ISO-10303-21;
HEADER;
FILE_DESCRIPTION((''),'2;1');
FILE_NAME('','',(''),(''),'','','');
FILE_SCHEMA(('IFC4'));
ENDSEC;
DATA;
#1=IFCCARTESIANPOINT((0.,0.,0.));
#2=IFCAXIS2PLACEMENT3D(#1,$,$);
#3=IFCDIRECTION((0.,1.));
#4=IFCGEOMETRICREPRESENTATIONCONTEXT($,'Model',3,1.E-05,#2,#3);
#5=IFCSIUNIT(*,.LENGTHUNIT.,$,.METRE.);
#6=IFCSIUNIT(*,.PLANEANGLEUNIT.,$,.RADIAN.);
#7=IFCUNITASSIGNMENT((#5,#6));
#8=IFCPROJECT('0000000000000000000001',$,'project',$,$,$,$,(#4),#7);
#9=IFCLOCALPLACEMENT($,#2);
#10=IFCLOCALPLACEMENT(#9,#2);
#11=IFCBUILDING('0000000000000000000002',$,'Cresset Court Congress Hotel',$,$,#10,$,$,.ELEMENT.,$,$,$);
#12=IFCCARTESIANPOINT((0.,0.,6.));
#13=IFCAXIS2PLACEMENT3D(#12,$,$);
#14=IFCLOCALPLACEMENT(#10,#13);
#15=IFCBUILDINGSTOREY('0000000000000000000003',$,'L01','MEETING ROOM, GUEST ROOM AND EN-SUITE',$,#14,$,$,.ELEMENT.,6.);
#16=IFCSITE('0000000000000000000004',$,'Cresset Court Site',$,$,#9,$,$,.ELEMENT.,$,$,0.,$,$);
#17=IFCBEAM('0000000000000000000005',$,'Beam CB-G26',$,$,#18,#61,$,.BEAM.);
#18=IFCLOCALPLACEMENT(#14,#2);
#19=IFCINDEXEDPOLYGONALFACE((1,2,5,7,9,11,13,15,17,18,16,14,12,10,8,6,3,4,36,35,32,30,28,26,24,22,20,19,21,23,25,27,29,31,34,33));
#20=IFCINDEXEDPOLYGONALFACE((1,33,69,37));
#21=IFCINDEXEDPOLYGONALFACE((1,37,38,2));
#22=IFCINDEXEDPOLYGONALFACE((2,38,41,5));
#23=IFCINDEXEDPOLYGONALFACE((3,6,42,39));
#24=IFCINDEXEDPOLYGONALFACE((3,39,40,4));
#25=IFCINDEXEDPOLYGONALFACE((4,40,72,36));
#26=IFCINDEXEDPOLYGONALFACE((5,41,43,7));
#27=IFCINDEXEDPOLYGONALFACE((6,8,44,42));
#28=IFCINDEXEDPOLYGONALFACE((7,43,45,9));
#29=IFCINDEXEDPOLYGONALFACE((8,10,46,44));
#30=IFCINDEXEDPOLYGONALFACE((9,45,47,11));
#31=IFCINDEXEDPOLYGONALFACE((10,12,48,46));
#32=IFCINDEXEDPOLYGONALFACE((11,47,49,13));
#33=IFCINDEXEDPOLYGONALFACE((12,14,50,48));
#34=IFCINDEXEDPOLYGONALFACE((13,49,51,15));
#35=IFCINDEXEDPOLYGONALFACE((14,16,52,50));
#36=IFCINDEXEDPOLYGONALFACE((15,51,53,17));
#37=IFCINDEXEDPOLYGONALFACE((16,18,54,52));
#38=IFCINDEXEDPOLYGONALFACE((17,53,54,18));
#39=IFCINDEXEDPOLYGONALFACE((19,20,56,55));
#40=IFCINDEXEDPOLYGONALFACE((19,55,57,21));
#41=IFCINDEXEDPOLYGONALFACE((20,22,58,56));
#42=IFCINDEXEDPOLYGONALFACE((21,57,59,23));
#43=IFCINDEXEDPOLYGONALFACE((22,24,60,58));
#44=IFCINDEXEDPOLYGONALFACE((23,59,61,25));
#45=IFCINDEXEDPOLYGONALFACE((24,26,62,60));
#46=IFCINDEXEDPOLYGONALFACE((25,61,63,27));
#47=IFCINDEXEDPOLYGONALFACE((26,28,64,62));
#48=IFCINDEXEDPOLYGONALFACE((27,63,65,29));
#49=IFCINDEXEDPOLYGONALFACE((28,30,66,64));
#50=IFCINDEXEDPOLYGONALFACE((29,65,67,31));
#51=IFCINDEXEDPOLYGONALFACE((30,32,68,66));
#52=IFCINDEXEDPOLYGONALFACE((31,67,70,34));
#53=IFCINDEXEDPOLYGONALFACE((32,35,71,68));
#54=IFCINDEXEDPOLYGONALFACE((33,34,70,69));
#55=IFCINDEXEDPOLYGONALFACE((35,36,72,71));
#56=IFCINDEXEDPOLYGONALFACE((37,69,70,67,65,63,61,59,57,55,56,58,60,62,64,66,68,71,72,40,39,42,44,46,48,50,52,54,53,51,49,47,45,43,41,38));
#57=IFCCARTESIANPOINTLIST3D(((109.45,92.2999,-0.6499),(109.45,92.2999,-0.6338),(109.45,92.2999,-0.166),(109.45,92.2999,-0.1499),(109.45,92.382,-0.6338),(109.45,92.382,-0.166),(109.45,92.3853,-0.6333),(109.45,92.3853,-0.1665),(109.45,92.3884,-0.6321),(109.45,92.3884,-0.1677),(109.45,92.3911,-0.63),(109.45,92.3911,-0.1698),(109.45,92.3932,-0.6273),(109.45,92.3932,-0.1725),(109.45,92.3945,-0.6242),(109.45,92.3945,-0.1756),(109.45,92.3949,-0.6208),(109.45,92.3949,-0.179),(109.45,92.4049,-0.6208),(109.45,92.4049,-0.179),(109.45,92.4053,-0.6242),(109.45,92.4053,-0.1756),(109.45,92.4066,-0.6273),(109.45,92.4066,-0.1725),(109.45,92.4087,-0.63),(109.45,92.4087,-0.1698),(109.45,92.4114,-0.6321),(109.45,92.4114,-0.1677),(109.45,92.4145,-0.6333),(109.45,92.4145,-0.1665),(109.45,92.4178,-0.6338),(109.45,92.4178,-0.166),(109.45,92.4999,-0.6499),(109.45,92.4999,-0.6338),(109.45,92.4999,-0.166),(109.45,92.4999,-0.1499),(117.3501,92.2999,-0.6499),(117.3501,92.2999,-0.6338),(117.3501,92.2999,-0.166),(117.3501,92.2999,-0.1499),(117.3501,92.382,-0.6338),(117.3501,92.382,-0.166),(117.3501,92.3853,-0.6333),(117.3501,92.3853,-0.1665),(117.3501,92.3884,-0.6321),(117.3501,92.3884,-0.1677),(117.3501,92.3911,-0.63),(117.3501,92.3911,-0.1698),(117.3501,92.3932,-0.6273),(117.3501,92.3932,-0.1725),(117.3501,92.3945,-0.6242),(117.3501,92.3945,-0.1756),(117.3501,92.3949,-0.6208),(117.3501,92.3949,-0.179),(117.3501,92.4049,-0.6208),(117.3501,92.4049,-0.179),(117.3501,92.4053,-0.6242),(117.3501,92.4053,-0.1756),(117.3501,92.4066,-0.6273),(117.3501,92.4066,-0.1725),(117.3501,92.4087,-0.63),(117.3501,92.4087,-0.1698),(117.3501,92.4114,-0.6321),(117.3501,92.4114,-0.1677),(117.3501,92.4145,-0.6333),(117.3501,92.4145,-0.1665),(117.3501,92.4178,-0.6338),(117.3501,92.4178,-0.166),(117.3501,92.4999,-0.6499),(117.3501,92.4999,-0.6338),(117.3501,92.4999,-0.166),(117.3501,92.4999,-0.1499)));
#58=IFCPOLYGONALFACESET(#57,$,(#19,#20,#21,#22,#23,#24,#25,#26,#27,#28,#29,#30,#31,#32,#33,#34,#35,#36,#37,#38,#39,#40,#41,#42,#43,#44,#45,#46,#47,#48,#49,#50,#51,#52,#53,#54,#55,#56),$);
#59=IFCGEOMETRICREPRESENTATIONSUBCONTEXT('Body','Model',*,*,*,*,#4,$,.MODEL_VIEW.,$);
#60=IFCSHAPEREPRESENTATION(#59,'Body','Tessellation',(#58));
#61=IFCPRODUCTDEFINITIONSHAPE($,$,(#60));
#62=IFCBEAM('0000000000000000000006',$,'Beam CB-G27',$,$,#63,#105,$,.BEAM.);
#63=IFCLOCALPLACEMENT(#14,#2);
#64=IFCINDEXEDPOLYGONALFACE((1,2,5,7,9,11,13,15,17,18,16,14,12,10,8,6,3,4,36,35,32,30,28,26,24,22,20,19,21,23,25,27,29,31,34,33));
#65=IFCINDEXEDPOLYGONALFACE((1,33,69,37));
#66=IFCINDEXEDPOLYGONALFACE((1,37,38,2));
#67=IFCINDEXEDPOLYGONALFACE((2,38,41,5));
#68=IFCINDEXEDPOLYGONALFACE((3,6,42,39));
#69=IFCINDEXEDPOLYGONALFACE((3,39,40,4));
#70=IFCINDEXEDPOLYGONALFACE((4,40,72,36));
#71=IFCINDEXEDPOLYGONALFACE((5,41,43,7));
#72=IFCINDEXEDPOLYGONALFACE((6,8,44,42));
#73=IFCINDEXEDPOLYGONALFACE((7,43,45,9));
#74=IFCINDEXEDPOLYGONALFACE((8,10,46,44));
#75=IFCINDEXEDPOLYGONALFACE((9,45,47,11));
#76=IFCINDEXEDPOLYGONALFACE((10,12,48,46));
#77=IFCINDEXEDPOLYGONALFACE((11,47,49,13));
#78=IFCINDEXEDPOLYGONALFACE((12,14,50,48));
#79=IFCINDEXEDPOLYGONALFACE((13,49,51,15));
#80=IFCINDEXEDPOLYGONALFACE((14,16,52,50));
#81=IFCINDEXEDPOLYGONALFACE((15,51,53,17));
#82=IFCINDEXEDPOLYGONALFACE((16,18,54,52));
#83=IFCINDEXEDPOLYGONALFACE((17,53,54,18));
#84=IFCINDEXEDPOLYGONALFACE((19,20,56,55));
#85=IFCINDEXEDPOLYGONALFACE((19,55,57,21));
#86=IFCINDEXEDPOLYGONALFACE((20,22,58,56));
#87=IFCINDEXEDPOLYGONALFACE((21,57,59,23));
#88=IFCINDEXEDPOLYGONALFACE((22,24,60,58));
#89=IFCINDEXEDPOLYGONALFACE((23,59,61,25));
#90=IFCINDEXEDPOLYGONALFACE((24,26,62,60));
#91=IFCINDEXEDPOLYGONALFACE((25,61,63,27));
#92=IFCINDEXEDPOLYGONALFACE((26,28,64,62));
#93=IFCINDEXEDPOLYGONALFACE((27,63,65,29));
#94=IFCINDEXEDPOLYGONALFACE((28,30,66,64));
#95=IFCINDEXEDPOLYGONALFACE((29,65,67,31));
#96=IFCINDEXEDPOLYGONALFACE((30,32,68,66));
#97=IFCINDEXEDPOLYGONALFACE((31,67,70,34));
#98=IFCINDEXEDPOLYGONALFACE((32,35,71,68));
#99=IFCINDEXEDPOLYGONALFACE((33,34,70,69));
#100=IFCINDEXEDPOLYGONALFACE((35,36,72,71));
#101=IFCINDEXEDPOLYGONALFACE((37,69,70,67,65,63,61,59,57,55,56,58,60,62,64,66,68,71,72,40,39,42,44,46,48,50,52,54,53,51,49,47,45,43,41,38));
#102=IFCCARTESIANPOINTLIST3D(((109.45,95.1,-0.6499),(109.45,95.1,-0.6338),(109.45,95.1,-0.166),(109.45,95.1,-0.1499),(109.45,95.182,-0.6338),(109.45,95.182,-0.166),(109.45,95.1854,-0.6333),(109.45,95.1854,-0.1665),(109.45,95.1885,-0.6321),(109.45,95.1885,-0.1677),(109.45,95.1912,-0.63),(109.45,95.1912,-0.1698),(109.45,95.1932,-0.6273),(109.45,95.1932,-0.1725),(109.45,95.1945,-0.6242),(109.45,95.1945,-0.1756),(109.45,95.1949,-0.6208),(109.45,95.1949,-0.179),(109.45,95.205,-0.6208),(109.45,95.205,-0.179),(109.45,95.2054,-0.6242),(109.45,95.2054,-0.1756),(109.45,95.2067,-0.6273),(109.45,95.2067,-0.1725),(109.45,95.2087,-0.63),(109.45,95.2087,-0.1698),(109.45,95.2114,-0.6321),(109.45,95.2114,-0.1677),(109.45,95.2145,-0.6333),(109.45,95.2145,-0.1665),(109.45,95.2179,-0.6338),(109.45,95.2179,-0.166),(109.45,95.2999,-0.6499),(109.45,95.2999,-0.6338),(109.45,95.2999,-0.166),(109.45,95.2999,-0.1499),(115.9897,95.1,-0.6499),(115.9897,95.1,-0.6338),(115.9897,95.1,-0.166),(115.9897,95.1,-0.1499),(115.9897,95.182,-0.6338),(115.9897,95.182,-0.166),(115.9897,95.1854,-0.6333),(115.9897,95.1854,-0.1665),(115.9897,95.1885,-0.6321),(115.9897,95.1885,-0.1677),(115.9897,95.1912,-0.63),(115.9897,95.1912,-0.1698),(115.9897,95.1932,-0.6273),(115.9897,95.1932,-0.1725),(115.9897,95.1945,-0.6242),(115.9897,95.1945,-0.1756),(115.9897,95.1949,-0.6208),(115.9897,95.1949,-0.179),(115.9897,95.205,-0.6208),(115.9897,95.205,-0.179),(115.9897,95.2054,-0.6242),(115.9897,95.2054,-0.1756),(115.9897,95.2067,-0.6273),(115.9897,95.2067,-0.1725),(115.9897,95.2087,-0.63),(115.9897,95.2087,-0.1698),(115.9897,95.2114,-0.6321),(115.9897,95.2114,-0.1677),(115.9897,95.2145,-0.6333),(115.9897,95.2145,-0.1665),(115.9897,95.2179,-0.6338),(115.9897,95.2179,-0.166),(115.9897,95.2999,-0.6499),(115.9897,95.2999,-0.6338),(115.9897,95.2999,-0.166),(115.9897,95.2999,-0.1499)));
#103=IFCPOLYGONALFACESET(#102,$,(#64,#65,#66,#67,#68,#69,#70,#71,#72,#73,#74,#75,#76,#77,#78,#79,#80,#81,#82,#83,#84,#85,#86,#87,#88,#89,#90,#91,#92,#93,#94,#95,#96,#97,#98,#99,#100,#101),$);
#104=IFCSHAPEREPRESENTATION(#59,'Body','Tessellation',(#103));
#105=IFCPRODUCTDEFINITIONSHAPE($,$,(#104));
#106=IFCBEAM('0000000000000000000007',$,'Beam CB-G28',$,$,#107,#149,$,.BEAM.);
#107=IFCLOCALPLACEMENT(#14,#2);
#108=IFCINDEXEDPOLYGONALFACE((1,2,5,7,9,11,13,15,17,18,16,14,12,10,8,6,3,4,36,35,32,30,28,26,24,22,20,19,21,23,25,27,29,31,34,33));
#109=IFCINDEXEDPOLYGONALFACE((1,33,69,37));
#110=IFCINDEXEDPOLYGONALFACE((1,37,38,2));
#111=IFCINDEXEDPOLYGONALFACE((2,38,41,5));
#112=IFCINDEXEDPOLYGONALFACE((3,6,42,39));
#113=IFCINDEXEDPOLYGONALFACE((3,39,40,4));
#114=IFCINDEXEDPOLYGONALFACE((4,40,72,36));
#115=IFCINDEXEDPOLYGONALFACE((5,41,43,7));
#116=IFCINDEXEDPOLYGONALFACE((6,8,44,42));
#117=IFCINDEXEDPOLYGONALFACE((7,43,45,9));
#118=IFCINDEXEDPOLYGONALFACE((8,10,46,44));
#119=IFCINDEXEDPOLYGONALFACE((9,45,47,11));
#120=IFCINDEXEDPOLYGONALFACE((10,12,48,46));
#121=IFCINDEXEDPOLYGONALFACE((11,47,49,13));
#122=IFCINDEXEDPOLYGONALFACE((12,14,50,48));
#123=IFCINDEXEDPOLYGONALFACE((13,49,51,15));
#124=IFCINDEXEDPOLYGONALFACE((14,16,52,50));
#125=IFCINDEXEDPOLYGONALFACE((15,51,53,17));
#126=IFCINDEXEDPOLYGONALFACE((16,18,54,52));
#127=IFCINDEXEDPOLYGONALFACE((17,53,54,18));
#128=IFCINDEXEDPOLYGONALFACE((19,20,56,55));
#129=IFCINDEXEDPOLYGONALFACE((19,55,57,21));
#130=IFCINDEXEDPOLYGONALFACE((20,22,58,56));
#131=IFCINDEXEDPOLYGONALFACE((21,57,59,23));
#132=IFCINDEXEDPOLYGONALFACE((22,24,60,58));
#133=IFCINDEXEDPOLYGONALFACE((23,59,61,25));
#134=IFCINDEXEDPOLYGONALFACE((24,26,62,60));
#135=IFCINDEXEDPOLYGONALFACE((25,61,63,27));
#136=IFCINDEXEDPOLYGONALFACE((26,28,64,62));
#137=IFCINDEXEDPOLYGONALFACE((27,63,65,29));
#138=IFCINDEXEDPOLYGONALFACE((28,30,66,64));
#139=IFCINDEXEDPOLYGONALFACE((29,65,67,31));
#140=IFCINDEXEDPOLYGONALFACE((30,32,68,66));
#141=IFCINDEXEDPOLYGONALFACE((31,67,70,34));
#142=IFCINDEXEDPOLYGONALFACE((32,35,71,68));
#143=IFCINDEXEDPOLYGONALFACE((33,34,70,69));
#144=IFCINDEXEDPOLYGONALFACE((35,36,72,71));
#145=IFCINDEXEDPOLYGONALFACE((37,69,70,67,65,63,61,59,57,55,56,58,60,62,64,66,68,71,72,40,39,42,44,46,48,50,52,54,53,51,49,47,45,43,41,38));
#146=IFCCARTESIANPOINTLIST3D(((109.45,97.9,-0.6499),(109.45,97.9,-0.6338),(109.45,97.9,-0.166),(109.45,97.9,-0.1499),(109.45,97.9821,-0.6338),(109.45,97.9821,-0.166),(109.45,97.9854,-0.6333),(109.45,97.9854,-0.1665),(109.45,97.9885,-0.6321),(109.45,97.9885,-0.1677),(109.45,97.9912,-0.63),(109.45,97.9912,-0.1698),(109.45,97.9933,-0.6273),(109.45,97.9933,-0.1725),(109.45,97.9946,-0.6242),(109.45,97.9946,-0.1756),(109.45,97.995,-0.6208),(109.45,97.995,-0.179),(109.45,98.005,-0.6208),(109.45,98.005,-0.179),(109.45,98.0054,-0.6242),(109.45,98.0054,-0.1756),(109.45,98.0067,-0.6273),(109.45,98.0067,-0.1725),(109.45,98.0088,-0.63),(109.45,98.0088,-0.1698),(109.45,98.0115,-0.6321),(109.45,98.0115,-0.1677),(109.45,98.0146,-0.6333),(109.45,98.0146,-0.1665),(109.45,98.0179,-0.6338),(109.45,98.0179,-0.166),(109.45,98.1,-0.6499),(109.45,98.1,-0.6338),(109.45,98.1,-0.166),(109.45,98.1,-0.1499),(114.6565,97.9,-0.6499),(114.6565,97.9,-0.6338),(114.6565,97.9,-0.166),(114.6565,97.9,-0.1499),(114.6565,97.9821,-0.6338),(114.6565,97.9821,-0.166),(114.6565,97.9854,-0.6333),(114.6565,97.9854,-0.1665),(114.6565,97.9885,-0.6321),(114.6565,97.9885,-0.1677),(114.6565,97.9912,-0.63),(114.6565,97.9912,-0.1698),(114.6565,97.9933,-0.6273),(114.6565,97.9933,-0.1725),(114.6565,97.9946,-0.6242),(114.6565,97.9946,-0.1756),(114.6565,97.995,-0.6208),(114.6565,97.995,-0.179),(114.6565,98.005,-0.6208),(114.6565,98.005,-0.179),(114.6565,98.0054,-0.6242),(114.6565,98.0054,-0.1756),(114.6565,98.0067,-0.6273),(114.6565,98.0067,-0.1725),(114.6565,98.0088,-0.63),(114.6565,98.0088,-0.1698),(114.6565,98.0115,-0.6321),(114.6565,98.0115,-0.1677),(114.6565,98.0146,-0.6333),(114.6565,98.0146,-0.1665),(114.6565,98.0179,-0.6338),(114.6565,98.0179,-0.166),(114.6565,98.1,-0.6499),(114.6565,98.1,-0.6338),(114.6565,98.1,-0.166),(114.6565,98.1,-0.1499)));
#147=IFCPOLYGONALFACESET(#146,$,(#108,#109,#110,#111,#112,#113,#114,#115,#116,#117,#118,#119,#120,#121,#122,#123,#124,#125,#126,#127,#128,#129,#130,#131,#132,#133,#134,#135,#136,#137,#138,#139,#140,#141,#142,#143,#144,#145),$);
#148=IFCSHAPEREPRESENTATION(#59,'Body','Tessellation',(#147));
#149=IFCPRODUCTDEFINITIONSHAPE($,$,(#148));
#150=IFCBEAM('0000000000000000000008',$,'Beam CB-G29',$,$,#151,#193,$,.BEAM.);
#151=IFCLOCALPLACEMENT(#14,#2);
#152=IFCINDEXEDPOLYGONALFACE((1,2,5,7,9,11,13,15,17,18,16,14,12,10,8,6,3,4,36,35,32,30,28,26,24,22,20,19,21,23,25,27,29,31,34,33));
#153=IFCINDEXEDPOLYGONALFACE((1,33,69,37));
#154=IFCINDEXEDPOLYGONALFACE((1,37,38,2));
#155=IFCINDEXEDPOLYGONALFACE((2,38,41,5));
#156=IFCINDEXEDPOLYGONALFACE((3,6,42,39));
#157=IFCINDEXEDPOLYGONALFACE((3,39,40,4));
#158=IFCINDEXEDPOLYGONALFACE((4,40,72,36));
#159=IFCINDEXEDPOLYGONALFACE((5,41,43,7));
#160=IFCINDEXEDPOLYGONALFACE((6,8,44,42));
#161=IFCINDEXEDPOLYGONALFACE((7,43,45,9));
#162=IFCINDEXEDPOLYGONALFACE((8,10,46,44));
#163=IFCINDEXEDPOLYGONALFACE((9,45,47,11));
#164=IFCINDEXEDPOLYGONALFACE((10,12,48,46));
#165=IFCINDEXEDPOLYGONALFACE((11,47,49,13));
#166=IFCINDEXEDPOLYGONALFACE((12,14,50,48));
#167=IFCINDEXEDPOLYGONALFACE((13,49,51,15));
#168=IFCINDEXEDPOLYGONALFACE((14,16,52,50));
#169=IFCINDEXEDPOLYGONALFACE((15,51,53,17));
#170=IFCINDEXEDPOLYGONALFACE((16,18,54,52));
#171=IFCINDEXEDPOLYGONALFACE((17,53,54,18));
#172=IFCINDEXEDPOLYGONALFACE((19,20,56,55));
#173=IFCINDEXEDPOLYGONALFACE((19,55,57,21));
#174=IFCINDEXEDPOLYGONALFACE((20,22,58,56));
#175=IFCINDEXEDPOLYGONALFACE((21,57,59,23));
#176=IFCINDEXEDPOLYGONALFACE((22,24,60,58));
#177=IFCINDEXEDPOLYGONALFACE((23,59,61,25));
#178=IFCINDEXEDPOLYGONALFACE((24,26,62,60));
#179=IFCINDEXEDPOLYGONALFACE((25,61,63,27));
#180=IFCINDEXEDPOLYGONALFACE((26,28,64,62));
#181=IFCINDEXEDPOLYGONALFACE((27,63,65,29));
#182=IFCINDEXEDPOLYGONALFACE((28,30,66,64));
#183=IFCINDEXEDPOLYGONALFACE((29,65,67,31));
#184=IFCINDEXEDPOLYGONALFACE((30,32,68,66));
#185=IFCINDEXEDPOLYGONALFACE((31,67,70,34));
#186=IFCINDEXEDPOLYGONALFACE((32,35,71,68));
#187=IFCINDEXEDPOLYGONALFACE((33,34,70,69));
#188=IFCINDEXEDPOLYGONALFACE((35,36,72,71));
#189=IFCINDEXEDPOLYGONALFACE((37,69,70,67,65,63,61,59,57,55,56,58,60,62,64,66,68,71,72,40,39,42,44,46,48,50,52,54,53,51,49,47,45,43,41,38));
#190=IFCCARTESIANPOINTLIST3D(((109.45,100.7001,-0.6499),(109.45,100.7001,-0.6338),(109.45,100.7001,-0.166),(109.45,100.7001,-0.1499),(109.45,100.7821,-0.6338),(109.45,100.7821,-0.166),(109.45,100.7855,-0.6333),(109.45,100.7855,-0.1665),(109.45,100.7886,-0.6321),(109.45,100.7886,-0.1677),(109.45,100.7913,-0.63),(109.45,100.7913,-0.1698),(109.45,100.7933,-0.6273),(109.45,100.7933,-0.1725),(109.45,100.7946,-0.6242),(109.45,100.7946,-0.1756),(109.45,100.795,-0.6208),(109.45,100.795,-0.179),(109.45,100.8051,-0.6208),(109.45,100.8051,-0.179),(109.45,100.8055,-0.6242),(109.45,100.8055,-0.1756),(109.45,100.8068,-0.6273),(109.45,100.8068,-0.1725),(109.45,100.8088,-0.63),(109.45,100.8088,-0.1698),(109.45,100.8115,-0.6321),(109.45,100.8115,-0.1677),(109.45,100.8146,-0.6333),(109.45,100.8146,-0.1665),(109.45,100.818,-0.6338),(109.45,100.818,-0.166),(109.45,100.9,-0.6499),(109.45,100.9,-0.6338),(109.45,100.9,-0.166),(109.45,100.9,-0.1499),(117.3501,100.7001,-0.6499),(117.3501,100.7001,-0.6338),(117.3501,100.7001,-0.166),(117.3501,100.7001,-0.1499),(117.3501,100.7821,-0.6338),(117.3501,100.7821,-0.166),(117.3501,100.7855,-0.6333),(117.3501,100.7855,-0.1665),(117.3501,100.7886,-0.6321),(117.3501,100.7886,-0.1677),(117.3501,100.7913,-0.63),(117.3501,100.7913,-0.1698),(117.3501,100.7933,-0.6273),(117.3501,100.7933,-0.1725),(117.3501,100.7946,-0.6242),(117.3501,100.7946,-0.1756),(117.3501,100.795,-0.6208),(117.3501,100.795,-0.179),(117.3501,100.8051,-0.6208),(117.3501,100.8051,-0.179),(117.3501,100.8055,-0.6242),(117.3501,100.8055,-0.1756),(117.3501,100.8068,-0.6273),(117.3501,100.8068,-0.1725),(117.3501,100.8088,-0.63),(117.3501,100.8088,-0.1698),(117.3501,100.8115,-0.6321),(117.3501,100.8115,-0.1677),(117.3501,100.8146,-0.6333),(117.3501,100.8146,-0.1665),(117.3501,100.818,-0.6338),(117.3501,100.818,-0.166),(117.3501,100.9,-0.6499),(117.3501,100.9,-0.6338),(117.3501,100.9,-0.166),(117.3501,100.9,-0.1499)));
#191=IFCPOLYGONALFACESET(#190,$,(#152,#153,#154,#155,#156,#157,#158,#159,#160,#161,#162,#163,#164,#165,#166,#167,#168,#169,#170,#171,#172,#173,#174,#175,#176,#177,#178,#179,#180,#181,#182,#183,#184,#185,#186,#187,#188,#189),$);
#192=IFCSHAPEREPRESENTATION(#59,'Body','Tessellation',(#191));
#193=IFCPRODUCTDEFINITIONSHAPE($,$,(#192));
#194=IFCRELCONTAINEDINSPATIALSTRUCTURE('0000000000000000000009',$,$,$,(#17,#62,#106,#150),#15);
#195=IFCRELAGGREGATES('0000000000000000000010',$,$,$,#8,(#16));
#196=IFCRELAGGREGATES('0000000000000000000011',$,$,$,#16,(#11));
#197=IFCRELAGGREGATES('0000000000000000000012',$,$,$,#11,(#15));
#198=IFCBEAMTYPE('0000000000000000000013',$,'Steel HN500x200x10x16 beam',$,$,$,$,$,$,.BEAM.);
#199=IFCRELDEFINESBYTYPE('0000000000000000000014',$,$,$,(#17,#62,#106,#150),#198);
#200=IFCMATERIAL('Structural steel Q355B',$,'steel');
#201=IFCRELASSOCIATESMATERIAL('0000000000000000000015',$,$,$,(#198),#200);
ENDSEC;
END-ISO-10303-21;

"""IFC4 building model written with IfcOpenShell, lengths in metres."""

from ifc_helpers import new_model, si_unit, direction, frame, origin, origin_2d, place, context, subcontext, project, spatial, i_section, extrude, material, material_profile, profile_set, type_object, element, save


model = new_model("IFC4")

# Units and contexts
model_context = context("Model", 3, precision=1e-05, world=origin(), true_north=direction((0.0, 1.0)))
body_context = subcontext(model_context, "Body", "Model", "MODEL_VIEW")
ifc_project = project(units=[si_unit("LENGTHUNIT", "METRE"), si_unit("PLANEANGLEUNIT", "RADIAN")], contexts=[model_context])

# Site, building, storey
site_placement = place(None, origin())
site = spatial("IfcSite", under=ifc_project, at=site_placement, Name="Cresset Court Site", CompositionType="ELEMENT", RefElevation=0.0)
building_placement = place(site_placement, origin())
building = spatial("IfcBuilding", under=site, at=building_placement, Name="Cresset Court Congress Hotel", CompositionType="ELEMENT")
storey_placement = place(building_placement, frame((0.0, 0.0, 6.0)))
storey = spatial("IfcBuildingStorey", under=building, at=storey_placement, Name="L01", Description="MEETING ROOM, GUEST ROOM AND EN-SUITE", CompositionType="ELEMENT", Elevation=6.0)

# Beams
ifc_material_1 = material(Name="Structural steel Q355B", Category="steel")
ifc_material_profile = material_profile(ifc_material_1, i_section(OverallWidth=0.2, OverallDepth=0.5, WebThickness=0.01, FlangeThickness=0.0161, FilletRadius=0.0129, at=origin_2d()), Name="HN500x200x10x16")
ifc_profile_set = profile_set([ifc_material_profile], Name="Structural steel Q355B")
beam_type = type_object("IfcBeamType", Name="Steel HN500x200x10x16 beam", PredefinedType="BEAM", material=ifc_profile_set)
beam_1_placement = place(storey_placement, frame((109.45, 92.3999, -0.3999), z_axis=(1.0, 0.0, 0.0), x_axis=(0.0, 1.0, 0.0)))
element("IfcBeam", 1, at=beam_1_placement, inside=storey, type_object=beam_type, Name="Beam CB-G26", PredefinedType="BEAM", context=body_context, shape_type="SweptSolid", body=[
    extrude(i_section(OverallWidth=0.2, OverallDepth=0.5, WebThickness=0.01, FlangeThickness=0.0161, FilletRadius=0.0129, at=origin_2d()), origin(), (0.0, 0.0, 1.0), 7.9001),
])
beam_2_placement = place(storey_placement, frame((109.45, 95.2, -0.3999), z_axis=(1.0, 0.0, 0.0), x_axis=(0.0, 1.0, 0.0)))
element("IfcBeam", 2, at=beam_2_placement, inside=storey, type_object=beam_type, Name="Beam CB-G27", PredefinedType="BEAM", context=body_context, shape_type="SweptSolid", body=[
    extrude(i_section(OverallWidth=0.2, OverallDepth=0.5, WebThickness=0.01, FlangeThickness=0.0161, FilletRadius=0.0129, at=origin_2d()), origin(), (0.0, 0.0, 1.0), 6.5398),
])
beam_3_placement = place(storey_placement, frame((109.45, 98.0, -0.3999), z_axis=(1.0, 0.0, 0.0), x_axis=(0.0, 1.0, 0.0)))
element("IfcBeam", 3, at=beam_3_placement, inside=storey, type_object=beam_type, Name="Beam CB-G28", PredefinedType="BEAM", context=body_context, shape_type="SweptSolid", body=[
    extrude(i_section(OverallWidth=0.2, OverallDepth=0.5, WebThickness=0.01, FlangeThickness=0.0161, FilletRadius=0.0129, at=origin_2d()), origin(), (0.0, 0.0, 1.0), 5.2065),
])
beam_4_placement = place(storey_placement, frame((109.45, 100.8, -0.3999), z_axis=(1.0, 0.0, 0.0), x_axis=(0.0, 1.0, 0.0)))
element("IfcBeam", 4, at=beam_4_placement, inside=storey, type_object=beam_type, Name="Beam CB-G29", PredefinedType="BEAM", context=body_context, shape_type="SweptSolid", body=[
    extrude(i_section(OverallWidth=0.2, OverallDepth=0.5, WebThickness=0.01, FlangeThickness=0.0161, FilletRadius=0.0129, at=origin_2d()), origin(), (0.0, 0.0, 1.0), 7.9001),
])

save(model, "model.ifc")
